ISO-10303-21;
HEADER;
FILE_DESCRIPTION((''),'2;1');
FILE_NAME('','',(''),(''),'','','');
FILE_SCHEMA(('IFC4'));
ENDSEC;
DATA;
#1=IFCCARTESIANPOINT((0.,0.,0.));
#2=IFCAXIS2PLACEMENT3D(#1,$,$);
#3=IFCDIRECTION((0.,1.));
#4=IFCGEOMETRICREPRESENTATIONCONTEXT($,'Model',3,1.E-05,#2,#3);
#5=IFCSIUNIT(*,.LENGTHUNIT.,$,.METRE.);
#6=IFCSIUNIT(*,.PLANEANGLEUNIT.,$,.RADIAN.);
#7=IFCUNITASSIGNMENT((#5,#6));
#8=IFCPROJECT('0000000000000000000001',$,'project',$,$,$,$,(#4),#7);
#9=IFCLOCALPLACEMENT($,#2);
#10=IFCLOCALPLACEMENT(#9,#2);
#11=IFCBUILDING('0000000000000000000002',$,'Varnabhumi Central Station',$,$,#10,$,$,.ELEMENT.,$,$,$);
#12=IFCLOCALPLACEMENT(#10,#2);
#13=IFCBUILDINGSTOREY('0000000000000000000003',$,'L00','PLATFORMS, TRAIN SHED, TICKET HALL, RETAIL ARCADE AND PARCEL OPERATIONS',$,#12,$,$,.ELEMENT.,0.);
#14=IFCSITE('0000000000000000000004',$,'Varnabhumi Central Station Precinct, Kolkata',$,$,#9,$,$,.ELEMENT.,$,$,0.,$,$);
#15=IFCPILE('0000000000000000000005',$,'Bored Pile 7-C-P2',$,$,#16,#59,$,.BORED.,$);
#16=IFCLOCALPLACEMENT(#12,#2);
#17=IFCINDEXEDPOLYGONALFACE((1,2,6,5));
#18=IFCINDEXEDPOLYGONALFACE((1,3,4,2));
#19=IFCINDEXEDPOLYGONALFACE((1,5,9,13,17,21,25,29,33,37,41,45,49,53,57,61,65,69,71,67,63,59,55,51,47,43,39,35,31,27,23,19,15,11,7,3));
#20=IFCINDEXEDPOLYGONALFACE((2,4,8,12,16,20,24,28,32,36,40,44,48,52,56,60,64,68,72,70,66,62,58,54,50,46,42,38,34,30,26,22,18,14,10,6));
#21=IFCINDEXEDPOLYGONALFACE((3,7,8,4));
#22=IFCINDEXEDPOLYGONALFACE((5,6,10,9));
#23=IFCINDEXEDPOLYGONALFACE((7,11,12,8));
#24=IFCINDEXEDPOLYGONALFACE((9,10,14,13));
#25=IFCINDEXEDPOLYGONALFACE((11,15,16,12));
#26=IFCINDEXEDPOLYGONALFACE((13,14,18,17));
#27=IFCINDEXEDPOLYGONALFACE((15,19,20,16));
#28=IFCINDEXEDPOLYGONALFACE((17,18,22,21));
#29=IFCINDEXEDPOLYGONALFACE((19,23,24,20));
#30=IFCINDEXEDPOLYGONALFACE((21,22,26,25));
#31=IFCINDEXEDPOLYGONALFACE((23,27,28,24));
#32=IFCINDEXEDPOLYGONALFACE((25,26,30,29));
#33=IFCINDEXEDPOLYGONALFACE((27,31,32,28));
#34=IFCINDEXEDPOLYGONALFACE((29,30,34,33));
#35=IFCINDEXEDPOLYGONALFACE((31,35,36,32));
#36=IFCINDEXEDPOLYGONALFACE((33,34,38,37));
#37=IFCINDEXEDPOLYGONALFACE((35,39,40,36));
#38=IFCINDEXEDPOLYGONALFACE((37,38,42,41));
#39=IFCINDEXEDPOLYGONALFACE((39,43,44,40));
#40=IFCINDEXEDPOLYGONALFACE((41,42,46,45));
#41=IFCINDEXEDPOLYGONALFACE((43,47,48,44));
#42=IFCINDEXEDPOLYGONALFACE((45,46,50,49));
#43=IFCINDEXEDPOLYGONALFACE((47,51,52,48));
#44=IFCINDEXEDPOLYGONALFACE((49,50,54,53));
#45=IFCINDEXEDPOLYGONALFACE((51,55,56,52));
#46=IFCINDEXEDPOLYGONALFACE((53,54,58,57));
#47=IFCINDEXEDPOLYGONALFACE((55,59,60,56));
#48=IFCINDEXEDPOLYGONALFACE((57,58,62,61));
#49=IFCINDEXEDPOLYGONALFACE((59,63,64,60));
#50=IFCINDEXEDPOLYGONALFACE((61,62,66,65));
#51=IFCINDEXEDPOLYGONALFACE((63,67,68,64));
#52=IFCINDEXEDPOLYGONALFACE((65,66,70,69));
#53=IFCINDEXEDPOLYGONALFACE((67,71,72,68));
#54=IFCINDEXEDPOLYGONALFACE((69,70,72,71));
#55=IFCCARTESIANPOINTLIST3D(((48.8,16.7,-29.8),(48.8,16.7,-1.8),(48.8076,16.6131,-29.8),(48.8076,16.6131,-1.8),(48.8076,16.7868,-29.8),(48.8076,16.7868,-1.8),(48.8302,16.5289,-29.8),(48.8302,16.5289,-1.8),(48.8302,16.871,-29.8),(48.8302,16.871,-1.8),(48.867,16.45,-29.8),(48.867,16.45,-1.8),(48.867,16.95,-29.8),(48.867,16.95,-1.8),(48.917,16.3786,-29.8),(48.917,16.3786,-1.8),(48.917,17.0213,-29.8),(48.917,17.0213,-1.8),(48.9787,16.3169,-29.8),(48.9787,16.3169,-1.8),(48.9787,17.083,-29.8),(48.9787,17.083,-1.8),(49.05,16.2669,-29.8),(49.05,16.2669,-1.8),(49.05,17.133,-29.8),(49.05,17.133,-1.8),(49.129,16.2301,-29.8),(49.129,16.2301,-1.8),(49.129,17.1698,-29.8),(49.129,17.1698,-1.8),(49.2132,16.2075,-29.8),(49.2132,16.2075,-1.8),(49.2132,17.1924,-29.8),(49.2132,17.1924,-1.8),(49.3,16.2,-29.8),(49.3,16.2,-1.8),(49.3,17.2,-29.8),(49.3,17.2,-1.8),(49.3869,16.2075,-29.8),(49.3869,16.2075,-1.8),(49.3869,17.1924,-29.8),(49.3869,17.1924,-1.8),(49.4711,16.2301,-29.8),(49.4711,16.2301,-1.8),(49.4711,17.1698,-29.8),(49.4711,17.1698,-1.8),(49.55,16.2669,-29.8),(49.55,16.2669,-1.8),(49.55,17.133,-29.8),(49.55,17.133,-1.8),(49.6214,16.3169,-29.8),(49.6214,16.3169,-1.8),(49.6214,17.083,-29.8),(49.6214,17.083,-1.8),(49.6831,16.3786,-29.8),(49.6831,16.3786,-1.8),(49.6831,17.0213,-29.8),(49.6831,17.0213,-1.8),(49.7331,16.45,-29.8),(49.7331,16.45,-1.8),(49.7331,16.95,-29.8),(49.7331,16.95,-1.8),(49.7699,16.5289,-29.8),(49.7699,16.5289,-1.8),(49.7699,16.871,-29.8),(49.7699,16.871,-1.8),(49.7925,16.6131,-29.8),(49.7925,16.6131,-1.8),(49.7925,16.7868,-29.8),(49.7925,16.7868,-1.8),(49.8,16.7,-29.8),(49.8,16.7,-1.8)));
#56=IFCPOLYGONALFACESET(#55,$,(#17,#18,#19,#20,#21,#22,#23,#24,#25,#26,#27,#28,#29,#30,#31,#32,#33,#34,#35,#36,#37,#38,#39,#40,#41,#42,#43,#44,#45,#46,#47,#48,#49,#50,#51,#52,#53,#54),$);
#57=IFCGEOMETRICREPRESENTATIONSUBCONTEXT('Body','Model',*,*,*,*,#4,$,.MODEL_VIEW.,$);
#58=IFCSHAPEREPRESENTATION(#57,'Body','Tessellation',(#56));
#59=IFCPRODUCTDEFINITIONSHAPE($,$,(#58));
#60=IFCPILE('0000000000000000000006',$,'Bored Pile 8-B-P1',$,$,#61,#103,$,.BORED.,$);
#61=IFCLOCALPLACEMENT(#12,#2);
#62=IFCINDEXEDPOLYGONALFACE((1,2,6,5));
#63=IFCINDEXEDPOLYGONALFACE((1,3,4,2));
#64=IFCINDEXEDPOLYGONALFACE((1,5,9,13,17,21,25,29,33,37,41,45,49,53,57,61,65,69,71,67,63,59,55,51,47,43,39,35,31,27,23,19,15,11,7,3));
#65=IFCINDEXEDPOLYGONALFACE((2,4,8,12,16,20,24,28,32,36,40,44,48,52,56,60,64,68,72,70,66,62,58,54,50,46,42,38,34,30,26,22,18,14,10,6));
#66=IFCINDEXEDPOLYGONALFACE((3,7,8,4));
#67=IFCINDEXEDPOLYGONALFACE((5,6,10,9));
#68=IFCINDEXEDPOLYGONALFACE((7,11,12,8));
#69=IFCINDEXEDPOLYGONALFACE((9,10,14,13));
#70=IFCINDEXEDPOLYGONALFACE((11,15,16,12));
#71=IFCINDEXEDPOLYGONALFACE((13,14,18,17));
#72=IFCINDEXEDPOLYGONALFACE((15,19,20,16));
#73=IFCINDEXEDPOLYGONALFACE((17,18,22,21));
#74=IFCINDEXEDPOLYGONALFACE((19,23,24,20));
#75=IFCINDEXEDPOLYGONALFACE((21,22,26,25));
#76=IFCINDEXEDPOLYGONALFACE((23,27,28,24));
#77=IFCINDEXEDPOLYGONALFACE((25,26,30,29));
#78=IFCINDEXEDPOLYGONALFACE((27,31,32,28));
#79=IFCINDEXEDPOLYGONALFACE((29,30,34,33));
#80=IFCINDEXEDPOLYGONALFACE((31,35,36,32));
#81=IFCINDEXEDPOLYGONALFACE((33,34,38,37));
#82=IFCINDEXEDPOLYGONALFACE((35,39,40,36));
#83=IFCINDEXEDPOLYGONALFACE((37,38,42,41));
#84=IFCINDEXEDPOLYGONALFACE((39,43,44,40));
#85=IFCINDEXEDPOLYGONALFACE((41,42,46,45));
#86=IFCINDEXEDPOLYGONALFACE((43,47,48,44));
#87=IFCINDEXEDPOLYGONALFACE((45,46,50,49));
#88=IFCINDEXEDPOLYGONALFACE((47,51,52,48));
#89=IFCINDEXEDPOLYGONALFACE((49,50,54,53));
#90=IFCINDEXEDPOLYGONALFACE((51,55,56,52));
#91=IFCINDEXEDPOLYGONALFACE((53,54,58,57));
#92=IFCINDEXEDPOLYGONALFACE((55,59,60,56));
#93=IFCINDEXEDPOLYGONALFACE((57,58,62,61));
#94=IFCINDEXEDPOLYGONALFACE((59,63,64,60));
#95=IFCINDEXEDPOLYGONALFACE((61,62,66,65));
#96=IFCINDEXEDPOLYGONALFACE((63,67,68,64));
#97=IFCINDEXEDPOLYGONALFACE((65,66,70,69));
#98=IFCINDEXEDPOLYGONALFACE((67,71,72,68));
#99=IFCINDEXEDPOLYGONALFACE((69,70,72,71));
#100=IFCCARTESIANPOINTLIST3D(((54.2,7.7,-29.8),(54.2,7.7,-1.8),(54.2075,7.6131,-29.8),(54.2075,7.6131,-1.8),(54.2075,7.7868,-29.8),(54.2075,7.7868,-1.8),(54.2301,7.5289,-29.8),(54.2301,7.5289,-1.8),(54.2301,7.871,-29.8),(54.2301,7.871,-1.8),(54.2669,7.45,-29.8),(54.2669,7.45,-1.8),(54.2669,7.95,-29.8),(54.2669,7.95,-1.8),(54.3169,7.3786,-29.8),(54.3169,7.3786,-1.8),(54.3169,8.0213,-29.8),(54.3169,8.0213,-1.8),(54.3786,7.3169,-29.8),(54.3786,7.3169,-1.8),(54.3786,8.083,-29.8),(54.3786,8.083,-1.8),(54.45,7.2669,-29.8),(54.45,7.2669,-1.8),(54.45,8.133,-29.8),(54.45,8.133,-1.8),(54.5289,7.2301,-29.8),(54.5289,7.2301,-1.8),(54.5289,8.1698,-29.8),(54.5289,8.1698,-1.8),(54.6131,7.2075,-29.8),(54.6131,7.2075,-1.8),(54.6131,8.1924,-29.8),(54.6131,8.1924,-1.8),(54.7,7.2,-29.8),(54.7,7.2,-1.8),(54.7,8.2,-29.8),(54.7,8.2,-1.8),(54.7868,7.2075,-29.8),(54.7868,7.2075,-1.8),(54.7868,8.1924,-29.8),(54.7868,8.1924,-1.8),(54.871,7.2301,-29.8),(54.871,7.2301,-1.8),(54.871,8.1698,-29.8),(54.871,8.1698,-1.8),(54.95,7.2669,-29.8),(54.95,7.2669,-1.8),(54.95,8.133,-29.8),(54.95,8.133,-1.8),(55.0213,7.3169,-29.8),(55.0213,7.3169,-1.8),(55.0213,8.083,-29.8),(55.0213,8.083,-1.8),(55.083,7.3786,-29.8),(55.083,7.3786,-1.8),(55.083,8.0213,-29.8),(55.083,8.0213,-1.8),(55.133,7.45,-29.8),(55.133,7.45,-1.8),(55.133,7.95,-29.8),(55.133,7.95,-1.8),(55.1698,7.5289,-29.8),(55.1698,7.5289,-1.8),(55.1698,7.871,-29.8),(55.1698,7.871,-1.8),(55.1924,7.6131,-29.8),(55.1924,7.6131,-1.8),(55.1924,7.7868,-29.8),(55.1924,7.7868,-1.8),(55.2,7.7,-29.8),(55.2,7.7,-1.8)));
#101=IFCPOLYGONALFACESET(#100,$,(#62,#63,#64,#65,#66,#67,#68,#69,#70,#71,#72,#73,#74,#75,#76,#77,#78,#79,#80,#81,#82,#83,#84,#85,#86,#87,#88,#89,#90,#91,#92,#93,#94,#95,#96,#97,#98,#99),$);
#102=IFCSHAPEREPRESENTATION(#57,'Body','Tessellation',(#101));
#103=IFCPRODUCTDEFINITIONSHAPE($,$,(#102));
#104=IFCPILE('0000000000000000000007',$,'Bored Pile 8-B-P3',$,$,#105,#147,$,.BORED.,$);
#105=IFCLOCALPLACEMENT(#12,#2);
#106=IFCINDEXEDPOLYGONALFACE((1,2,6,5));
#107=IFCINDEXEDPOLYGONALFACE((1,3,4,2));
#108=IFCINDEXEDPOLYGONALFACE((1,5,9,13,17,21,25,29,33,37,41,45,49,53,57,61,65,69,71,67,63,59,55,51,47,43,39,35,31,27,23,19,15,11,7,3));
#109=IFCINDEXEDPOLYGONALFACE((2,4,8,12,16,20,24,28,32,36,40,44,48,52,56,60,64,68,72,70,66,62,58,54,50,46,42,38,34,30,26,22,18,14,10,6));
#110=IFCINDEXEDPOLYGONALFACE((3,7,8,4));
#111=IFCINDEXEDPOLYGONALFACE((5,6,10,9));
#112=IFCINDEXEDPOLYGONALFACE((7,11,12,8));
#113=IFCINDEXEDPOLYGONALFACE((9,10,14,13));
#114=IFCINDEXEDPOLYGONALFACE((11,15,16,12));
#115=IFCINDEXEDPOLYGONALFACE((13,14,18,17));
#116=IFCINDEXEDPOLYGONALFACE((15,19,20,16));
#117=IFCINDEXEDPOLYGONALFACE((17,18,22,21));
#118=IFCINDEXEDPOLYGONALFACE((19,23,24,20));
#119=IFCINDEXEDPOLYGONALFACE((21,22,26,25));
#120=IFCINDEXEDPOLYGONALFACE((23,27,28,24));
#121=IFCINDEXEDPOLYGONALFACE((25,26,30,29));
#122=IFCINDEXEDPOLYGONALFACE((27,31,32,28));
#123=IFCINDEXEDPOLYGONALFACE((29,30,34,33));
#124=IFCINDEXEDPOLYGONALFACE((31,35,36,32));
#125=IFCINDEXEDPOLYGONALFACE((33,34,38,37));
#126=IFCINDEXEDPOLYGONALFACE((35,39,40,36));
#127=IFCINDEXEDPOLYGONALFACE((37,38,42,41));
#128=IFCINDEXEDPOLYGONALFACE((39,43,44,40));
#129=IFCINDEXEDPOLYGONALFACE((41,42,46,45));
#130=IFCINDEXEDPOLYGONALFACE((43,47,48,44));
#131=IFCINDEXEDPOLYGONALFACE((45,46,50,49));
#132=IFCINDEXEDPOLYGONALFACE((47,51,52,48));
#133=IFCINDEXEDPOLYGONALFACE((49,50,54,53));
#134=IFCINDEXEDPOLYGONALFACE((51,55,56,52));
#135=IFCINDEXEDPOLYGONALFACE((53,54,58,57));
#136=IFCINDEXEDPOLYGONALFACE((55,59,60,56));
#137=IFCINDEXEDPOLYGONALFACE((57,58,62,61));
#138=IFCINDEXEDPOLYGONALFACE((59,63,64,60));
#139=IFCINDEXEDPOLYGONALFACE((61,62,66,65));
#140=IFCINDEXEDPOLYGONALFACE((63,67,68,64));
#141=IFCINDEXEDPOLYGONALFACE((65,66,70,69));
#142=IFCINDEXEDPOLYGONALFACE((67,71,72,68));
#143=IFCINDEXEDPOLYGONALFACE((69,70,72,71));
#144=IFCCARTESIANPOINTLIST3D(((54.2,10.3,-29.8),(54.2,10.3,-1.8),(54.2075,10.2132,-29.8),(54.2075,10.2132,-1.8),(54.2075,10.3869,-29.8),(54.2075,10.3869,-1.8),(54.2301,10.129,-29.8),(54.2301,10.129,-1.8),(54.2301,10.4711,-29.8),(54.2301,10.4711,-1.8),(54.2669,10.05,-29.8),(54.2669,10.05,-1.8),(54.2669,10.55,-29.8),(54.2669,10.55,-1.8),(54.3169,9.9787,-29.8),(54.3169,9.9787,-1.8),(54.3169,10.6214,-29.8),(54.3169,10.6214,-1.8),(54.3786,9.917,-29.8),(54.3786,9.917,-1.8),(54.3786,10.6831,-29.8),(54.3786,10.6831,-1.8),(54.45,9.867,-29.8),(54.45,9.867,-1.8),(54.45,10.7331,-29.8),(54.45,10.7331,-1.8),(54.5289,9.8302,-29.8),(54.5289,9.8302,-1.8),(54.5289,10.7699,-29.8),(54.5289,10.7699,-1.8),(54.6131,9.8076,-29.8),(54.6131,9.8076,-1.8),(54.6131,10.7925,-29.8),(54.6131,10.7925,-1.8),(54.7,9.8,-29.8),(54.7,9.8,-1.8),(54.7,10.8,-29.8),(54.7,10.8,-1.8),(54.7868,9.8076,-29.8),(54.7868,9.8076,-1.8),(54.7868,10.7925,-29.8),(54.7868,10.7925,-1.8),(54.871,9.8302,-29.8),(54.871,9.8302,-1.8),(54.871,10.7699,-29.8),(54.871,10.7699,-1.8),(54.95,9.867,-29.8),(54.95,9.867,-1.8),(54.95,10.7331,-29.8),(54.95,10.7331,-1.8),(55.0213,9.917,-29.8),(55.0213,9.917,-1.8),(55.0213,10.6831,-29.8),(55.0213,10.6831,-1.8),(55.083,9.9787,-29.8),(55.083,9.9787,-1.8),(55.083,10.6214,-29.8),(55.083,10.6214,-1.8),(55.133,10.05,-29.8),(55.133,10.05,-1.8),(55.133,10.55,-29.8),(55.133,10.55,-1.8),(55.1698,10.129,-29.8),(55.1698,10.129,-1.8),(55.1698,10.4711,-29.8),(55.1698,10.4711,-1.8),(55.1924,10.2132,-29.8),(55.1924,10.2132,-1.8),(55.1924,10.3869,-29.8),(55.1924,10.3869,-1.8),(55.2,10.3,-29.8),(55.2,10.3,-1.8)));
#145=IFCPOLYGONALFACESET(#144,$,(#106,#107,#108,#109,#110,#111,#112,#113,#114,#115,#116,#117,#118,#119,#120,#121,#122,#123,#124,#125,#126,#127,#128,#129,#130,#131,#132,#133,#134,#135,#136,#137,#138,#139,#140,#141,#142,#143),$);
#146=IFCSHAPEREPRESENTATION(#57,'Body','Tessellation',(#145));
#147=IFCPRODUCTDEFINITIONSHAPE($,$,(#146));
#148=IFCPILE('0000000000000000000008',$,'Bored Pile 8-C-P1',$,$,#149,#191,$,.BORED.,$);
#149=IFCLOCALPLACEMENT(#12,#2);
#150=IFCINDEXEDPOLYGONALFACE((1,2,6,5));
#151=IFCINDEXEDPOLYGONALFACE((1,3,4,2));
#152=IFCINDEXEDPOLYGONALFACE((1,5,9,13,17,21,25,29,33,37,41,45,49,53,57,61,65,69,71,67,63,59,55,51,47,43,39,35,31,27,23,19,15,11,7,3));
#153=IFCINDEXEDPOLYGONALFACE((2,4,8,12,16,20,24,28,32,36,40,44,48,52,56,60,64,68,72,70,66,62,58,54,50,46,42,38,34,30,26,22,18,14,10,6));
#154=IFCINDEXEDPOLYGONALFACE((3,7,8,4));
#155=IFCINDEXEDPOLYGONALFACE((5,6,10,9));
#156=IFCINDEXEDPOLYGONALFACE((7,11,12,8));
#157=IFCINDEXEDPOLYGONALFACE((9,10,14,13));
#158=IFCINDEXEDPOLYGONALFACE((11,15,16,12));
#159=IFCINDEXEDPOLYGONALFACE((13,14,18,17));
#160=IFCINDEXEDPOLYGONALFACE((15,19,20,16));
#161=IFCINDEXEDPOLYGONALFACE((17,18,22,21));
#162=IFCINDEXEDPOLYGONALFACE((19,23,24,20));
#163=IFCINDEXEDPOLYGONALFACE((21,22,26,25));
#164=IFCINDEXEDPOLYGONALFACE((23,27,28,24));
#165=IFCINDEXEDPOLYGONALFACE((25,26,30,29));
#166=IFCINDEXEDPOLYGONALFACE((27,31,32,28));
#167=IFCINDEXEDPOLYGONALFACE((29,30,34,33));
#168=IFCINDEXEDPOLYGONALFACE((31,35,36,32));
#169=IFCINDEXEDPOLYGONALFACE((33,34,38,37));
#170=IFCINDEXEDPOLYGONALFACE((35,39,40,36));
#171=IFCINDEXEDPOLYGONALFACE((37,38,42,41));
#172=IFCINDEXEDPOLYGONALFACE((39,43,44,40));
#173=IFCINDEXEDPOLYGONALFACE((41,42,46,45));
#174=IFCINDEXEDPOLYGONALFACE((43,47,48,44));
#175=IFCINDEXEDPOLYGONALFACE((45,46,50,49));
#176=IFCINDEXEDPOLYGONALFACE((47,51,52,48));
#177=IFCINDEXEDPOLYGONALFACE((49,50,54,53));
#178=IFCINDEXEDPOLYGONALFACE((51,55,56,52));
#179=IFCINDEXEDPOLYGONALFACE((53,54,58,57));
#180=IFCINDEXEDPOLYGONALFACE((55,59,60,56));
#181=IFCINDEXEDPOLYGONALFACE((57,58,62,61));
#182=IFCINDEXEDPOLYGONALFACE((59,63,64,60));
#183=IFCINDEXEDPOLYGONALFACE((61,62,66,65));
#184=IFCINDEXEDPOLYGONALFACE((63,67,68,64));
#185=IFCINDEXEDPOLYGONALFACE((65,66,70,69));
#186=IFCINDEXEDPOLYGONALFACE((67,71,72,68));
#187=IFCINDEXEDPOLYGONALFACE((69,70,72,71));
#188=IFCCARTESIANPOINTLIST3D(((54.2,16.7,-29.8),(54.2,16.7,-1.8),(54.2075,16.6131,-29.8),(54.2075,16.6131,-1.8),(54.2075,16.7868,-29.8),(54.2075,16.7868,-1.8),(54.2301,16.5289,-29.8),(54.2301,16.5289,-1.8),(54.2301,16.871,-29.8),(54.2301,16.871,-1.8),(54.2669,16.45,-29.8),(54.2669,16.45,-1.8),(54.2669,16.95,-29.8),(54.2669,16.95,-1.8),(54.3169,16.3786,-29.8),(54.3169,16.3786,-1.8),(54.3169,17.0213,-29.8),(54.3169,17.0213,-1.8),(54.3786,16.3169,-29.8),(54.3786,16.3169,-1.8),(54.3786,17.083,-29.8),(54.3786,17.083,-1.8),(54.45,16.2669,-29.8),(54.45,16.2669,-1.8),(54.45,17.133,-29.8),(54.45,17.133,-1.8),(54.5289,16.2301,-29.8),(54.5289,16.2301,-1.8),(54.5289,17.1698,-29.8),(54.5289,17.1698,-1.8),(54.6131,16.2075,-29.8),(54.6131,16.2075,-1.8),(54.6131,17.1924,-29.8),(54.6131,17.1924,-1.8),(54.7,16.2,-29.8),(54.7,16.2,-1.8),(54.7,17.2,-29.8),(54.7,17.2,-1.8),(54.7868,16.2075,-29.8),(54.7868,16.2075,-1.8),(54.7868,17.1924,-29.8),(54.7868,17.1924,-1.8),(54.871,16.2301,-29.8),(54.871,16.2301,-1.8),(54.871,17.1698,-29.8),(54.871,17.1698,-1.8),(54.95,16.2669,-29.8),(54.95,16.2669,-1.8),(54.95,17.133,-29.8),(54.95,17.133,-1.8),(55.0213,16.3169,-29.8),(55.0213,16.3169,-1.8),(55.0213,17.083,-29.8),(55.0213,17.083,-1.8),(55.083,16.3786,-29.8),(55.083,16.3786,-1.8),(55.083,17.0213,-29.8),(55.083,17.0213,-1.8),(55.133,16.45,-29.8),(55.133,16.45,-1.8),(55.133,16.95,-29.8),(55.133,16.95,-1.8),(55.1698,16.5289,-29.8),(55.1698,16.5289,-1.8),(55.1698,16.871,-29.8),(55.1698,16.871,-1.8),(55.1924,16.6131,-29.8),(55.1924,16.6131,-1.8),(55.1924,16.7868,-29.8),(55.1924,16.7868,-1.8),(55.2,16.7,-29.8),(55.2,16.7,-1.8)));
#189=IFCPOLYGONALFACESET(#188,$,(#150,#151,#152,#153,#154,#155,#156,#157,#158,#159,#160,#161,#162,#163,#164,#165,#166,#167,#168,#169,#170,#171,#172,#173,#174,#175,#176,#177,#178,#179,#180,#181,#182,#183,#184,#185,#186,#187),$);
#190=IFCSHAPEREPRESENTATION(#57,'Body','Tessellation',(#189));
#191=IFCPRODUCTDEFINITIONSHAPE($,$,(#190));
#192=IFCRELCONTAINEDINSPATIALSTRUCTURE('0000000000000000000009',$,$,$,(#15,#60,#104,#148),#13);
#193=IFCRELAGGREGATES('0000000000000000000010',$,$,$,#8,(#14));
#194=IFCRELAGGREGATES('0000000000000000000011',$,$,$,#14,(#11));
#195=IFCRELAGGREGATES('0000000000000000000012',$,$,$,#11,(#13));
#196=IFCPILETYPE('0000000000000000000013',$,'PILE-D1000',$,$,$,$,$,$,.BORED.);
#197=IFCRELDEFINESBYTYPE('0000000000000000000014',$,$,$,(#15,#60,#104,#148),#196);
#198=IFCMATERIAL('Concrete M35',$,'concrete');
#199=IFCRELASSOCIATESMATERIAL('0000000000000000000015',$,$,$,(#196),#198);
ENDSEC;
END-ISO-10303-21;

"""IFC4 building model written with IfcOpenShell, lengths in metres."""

from ifc_helpers import new_model, si_unit, direction, frame, origin, origin_2d, place, context, subcontext, project, spatial, circle, extrude, material, material_profile, profile_set, type_object, element, save


model = new_model("IFC4")

# Units and contexts
model_context = context("Model", 3, precision=1e-05, world=origin(), true_north=direction((0.0, 1.0)))
body_context = subcontext(model_context, "Body", "Model", "MODEL_VIEW")
ifc_project = project(units=[si_unit("LENGTHUNIT", "METRE"), si_unit("PLANEANGLEUNIT", "RADIAN")], contexts=[model_context])

# Site, building, storey
site_placement = place(None, origin())
site = spatial("IfcSite", under=ifc_project, at=site_placement, Name="Varnabhumi Central Station Precinct, Kolkata", CompositionType="ELEMENT", RefElevation=0.0)
building_placement = place(site_placement, origin())
building = spatial("IfcBuilding", under=site, at=building_placement, Name="Varnabhumi Central Station", CompositionType="ELEMENT")
storey_placement = place(building_placement, origin())
storey = spatial("IfcBuildingStorey", under=building, at=storey_placement, Name="L00", Description="PLATFORMS, TRAIN SHED, TICKET HALL, RETAIL ARCADE AND PARCEL OPERATIONS", CompositionType="ELEMENT", Elevation=0.0)

# Piles
ifc_material_1 = material(Name="Concrete M35", Category="concrete")
ifc_material_profile_1 = material_profile(ifc_material_1, circle(Radius=0.5, at=origin_2d()), Name="Concrete M35", Category="concrete")
ifc_profile_set_1 = profile_set([ifc_material_profile_1], Name="Concrete M35")
pile_type_1 = type_object("IfcPileType", Name="PILE-D1000", PredefinedType="BORED", material=ifc_profile_set_1)
for number, where, z_axis, x_axis, name in (
    (1, (49.3, 16.7, -1.8), (0.0, 0.0, -1.0), (1.0, 0.0, 0.0), "Bored Pile 7-C-P2"),
    (2, (54.7, 7.7, -1.8), (0.0, 0.0, -1.0), (1.0, 0.0, 0.0), "Bored Pile 8-B-P1"),
    (3, (54.7, 10.3, -1.8), (0.0, 0.0, -1.0), (1.0, 0.0, 0.0), "Bored Pile 8-B-P3"),
    (4, (54.7, 16.7, -1.8), (0.0, 0.0, -1.0), (1.0, 0.0, 0.0), "Bored Pile 8-C-P1"),
):
    element("IfcPile", number, at=place(storey_placement, frame(where, z_axis=z_axis, x_axis=x_axis)), inside=storey, type_object=pile_type_1, Name=name, PredefinedType="BORED", context=body_context, shape_type="SweptSolid", body=[
        extrude(circle(Radius=0.5, at=origin_2d()), origin(), (0.0, 0.0, 1.0), 28.0),
    ])

save(model, "model.ifc")
